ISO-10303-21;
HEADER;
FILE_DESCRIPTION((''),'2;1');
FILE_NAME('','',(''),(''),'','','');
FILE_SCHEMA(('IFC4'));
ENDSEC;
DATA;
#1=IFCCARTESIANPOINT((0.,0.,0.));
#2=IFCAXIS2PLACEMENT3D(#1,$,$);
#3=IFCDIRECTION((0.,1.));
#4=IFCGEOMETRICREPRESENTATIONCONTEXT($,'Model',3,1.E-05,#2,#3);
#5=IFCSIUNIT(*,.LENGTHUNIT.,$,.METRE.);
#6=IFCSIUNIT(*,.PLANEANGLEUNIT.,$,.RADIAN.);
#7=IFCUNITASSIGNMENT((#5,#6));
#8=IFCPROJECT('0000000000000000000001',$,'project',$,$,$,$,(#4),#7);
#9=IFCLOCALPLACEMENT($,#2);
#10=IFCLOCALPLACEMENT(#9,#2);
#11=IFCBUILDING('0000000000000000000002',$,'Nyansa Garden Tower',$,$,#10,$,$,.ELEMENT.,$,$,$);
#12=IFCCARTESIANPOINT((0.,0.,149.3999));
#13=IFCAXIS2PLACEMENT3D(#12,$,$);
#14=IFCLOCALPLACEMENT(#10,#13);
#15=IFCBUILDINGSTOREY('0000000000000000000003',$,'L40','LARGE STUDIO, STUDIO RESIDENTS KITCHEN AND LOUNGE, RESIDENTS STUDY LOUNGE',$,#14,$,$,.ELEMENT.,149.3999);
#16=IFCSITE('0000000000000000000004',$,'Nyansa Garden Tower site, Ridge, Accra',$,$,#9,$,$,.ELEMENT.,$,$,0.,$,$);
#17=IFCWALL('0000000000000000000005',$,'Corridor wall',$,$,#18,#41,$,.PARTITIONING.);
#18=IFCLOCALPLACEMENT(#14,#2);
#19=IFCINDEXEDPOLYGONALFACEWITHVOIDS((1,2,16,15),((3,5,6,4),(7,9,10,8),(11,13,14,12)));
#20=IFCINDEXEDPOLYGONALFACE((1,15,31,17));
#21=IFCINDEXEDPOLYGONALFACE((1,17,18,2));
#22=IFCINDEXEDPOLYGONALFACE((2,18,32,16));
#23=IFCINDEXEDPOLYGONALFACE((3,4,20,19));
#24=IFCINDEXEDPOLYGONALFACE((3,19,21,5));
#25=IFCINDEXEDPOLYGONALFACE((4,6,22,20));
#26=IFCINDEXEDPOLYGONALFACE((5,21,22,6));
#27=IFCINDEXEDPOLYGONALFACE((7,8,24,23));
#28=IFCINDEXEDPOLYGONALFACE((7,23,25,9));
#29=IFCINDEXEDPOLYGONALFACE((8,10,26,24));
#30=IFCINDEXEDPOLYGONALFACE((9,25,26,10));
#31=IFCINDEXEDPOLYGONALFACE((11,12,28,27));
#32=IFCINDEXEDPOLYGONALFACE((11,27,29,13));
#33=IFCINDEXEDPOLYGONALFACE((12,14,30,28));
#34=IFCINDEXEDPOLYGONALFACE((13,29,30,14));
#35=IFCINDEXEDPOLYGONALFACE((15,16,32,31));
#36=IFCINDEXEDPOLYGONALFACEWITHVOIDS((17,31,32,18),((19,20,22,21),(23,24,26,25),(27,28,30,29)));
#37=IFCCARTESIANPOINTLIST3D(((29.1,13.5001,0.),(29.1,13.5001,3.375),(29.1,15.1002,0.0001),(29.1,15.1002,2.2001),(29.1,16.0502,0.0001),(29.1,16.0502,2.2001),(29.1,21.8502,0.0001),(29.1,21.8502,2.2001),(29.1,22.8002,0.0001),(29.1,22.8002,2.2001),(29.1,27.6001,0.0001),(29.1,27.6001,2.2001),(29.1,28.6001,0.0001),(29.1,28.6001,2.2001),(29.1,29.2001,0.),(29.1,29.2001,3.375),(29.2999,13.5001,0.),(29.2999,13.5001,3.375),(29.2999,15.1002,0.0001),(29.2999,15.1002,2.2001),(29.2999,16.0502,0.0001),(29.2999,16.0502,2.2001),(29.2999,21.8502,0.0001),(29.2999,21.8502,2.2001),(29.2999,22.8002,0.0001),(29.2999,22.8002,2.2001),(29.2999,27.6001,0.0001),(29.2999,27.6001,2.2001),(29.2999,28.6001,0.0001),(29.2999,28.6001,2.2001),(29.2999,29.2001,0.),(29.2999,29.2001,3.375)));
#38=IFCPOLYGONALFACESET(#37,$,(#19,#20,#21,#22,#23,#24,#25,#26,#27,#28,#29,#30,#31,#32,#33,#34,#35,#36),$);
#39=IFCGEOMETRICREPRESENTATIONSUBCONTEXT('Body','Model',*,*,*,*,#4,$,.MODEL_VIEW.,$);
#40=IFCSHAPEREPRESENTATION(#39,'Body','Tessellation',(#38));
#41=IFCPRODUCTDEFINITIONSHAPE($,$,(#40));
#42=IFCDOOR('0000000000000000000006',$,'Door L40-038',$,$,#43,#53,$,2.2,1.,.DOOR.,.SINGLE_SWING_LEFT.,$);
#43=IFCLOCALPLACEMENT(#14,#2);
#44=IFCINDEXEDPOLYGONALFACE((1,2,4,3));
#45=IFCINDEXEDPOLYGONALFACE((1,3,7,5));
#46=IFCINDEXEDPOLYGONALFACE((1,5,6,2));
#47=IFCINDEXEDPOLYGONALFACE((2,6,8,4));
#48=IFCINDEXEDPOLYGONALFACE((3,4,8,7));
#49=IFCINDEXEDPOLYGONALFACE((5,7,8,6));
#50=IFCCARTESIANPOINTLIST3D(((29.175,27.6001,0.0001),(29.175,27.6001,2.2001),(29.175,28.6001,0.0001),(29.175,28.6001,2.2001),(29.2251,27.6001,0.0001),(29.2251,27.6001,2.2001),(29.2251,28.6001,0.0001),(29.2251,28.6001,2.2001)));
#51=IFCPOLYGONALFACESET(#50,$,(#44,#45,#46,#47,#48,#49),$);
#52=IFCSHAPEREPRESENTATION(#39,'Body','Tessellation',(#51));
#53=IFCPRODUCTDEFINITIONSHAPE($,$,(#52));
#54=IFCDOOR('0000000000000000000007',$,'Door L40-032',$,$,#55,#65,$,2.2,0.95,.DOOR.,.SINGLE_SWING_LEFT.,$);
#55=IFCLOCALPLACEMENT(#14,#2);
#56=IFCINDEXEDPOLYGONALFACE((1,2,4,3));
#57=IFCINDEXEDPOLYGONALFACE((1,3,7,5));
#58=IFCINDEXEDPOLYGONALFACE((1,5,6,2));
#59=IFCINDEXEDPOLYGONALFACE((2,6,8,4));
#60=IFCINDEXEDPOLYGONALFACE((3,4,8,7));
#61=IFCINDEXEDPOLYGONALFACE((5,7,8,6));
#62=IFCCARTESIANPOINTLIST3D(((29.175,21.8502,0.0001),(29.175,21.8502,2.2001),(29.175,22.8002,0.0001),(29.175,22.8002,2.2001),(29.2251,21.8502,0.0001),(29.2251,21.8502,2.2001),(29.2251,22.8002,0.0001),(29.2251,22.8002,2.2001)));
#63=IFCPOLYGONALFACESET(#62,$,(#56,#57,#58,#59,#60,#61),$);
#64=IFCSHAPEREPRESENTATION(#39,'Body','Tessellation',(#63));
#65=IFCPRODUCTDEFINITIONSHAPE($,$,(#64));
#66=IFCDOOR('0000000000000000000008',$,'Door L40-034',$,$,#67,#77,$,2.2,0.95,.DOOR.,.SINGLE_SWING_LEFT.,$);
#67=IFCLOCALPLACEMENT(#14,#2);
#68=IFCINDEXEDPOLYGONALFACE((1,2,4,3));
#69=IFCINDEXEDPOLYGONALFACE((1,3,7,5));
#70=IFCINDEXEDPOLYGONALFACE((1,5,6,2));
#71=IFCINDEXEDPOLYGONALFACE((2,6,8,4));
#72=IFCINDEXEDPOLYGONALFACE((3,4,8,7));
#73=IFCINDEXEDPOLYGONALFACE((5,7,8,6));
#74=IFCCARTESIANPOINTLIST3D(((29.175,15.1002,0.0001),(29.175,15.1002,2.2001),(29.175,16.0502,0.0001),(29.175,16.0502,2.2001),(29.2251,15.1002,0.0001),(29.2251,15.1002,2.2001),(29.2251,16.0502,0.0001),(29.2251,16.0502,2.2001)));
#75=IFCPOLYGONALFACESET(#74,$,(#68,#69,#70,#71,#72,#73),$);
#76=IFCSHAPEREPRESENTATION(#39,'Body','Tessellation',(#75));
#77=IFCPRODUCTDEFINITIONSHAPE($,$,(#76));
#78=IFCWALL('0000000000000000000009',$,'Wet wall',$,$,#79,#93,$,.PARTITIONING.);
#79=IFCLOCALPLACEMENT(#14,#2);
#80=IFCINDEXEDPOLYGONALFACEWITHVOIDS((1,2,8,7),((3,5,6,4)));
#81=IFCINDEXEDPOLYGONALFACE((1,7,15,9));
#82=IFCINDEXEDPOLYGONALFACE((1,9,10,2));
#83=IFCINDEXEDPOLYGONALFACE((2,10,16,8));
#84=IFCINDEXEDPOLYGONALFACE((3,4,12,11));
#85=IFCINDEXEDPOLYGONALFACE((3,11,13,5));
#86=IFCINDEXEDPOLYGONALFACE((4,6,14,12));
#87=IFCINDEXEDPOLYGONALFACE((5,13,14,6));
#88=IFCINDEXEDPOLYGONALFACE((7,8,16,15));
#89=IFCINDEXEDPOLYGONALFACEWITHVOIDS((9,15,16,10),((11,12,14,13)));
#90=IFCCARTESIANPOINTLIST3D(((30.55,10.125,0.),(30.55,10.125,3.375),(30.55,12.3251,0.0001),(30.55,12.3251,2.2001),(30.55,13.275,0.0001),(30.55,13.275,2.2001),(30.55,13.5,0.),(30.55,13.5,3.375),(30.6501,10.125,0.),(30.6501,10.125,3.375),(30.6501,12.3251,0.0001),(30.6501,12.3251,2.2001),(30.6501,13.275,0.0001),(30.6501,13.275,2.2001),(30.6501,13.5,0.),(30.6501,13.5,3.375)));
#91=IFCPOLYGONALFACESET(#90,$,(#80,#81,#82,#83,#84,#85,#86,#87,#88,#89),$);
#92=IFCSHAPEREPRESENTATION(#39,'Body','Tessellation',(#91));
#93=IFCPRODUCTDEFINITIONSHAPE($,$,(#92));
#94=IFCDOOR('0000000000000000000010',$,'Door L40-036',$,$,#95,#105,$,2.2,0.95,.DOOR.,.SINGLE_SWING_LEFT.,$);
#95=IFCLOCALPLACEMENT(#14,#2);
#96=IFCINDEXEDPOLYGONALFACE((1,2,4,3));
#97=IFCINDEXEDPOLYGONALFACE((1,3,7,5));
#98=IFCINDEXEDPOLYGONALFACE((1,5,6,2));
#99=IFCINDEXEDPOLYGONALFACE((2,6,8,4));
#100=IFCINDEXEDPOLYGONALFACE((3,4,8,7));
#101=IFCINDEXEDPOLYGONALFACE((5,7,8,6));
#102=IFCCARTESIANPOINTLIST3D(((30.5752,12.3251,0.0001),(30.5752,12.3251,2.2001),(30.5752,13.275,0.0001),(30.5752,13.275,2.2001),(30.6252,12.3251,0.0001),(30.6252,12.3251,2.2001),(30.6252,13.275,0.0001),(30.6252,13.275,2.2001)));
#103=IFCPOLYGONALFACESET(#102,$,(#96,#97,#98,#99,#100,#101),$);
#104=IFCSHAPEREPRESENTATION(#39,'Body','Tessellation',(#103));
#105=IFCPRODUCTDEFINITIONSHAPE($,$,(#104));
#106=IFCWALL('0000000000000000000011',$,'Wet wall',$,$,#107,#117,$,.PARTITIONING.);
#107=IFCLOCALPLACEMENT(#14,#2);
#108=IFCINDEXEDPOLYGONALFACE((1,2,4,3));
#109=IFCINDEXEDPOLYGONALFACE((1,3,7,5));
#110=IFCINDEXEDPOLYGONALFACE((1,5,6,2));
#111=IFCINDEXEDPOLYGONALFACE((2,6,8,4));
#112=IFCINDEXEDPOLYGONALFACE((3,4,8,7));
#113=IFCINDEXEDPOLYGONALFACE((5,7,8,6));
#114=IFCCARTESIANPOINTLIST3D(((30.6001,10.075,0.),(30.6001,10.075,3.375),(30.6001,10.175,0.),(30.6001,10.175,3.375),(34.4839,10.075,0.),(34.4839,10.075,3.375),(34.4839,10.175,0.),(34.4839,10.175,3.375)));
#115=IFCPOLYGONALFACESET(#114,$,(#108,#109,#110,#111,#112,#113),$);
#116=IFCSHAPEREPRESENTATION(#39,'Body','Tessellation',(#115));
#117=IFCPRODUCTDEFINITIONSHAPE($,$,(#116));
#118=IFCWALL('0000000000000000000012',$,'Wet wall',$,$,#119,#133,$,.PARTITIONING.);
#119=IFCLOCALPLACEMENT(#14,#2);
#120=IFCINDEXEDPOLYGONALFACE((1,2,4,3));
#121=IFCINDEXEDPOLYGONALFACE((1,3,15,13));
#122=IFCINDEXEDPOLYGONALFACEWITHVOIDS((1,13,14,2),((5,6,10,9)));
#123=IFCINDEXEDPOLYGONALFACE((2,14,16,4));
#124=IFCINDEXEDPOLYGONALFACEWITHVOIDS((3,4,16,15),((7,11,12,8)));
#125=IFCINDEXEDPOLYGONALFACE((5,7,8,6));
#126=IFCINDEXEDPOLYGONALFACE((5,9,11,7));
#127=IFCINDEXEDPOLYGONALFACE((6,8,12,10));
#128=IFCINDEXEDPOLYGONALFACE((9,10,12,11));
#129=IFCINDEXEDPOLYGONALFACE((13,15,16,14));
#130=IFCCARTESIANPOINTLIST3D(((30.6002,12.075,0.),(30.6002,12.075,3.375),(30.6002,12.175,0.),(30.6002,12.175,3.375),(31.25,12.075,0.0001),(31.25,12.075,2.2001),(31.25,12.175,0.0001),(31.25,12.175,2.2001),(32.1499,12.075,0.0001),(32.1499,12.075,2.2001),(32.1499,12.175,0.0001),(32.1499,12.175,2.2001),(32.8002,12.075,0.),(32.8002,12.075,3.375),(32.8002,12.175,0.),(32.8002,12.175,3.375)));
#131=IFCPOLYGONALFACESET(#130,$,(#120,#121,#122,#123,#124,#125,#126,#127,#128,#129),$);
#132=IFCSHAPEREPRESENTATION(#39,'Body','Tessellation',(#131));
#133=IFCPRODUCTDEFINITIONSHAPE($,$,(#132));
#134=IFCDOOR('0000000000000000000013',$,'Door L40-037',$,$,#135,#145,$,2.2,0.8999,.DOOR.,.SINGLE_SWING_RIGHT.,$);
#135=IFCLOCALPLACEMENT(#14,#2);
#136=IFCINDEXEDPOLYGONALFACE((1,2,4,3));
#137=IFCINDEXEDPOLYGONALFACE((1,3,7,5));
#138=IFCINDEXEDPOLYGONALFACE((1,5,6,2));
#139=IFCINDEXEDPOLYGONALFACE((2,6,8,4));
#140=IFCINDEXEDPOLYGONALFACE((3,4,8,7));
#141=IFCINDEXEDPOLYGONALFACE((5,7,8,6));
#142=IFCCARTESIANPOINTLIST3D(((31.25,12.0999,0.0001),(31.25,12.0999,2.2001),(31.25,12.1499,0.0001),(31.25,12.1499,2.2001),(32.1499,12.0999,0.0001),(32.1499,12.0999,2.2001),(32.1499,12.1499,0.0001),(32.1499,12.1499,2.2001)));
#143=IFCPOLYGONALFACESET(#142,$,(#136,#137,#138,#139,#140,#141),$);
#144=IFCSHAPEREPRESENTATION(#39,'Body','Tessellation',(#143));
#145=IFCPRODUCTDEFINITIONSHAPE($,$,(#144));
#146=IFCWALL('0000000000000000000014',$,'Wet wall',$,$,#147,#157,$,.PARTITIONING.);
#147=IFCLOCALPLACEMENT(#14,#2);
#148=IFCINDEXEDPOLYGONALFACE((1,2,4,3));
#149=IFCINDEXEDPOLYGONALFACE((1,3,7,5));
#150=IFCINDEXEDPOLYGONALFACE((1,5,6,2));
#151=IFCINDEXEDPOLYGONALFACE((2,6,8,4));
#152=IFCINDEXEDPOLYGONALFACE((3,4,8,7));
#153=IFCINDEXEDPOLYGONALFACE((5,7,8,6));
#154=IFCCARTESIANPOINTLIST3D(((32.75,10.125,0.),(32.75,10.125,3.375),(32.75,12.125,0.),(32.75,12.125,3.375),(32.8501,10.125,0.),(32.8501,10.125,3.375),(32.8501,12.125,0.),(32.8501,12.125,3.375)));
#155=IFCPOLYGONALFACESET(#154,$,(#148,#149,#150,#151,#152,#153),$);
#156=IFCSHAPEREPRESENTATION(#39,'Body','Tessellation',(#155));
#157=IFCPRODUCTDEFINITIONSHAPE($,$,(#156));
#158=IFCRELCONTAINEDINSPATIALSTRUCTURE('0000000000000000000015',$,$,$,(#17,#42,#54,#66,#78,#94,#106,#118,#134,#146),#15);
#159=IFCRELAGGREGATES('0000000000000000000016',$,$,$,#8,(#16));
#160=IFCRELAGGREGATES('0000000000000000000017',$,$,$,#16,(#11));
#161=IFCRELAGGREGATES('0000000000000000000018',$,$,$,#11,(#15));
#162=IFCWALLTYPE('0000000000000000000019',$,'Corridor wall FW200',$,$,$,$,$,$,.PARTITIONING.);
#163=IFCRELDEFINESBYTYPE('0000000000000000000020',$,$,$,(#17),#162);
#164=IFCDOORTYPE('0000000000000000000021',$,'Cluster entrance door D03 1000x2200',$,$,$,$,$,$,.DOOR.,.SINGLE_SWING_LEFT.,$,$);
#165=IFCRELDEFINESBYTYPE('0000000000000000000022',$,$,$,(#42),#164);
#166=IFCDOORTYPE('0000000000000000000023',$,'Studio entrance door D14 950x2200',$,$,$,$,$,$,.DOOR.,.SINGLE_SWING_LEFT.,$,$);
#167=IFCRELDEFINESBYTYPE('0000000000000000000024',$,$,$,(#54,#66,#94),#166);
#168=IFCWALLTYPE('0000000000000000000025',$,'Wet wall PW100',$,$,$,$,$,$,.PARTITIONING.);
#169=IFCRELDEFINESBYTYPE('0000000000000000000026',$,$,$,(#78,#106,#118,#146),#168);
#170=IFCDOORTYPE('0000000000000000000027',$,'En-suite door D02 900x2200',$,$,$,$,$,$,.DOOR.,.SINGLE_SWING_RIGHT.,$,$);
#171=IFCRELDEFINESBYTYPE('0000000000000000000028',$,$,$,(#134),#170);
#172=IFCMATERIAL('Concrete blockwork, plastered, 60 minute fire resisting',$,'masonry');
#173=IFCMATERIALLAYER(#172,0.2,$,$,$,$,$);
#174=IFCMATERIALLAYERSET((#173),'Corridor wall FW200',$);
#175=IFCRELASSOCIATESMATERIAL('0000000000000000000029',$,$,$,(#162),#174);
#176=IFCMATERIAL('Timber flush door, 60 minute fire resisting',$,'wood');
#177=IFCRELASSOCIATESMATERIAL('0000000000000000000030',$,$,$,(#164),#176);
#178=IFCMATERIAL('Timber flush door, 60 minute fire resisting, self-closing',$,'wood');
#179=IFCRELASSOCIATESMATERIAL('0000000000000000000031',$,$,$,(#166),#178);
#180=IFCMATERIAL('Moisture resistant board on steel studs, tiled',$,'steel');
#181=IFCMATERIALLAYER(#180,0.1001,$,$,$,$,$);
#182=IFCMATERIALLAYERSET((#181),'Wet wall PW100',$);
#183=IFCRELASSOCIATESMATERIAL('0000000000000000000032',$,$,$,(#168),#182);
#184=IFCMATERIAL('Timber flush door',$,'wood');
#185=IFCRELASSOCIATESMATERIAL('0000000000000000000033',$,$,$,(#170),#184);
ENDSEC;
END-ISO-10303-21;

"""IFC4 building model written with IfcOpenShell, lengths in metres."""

from ifc_helpers import new_model, si_unit, direction, frame, frame_2d, origin, place, context, subcontext, project, spatial, rectangle, extrude, material, layer, layer_set, type_object, element, fill, save


model = new_model("IFC4")

# Units and contexts
model_context = context("Model", 3, precision=1e-05, world=origin(), true_north=direction((0.0, 1.0)))
body_context = subcontext(model_context, "Body", "Model", "MODEL_VIEW")
ifc_project = project(units=[si_unit("LENGTHUNIT", "METRE"), si_unit("PLANEANGLEUNIT", "RADIAN")], contexts=[model_context])

# Site, building, storey
site_placement = place(None, origin())
site = spatial("IfcSite", under=ifc_project, at=site_placement, Name="Nyansa Garden Tower site, Ridge, Accra", CompositionType="ELEMENT", RefElevation=0.0)
building_placement = place(site_placement, origin())
building = spatial("IfcBuilding", under=site, at=building_placement, Name="Nyansa Garden Tower", CompositionType="ELEMENT")
storey_placement = place(building_placement, frame((0.0, 0.0, 149.3999)))
storey = spatial("IfcBuildingStorey", under=building, at=storey_placement, Name="L40", Description="LARGE STUDIO, STUDIO RESIDENTS KITCHEN AND LOUNGE, RESIDENTS STUDY LOUNGE", CompositionType="ELEMENT", Elevation=149.3999)

# Wall, openings, doors
ifc_material_1 = material(Name="Concrete blockwork, plastered, 60 minute fire resisting", Category="masonry")
ifc_layer_1 = layer(ifc_material_1, 0.2)
ifc_layer_set_1 = layer_set([ifc_layer_1], Name="Corridor wall FW200")
wall_type_1 = type_object("IfcWallType", Name="Corridor wall FW200", PredefinedType="PARTITIONING", material=ifc_layer_set_1)
wall_1_placement = place(storey_placement, frame((29.2, 13.5, 0.0), z_axis=(0.0, 0.0, 1.0), x_axis=(0.0, 1.0, 0.0)))
wall_1 = element("IfcWall", 1, at=wall_1_placement, inside=storey, type_object=wall_type_1, Name="Corridor wall", PredefinedType="PARTITIONING", context=body_context, shape_type="SweptSolid", body=[
    extrude(rectangle(XDim=15.7, YDim=0.2, at=frame_2d((7.8501, 0.0))), origin(), (0.0, 0.0, 1.0), 3.375),
])
opening_1_placement = place(wall_1_placement, frame((8.3501, 0.0, 0.0)))
opening_1 = element("IfcOpeningElement", 2, at=opening_1_placement, cuts=wall_1, PredefinedType="OPENING", context=body_context, shape_type="SweptSolid", body=[
    extrude(rectangle(XDim=0.95, YDim=2.2, at=frame_2d((0.4751, 1.1001))), frame((0.0, 0.1099, 0.0), z_axis=(0.0, -1.0, 0.0), x_axis=(1.0, 0.0, 0.0)), (0.0, 0.0, 1.0), 0.22),
])
opening_2_placement = place(wall_1_placement, frame((1.6001, 0.0, 0.0)))
opening_2 = element("IfcOpeningElement", 3, at=opening_2_placement, cuts=wall_1, PredefinedType="OPENING", context=body_context, shape_type="SweptSolid", body=[
    extrude(rectangle(XDim=0.95, YDim=2.2, at=frame_2d((0.4751, 1.1001))), frame((0.0, 0.1099, 0.0), z_axis=(0.0, -1.0, 0.0), x_axis=(1.0, 0.0, 0.0)), (0.0, 0.0, 1.0), 0.22),
])
opening_3_placement = place(wall_1_placement, frame((14.1001, 0.0, 0.0)))
opening_3 = element("IfcOpeningElement", 4, at=opening_3_placement, cuts=wall_1, PredefinedType="OPENING", context=body_context, shape_type="SweptSolid", body=[
    extrude(rectangle(XDim=1.0, YDim=2.2, at=frame_2d((0.5, 1.1001))), frame((0.0, 0.1099, 0.0), z_axis=(0.0, -1.0, 0.0), x_axis=(1.0, 0.0, 0.0)), (0.0, 0.0, 1.0), 0.22),
])
ifc_material_2 = material(Name="Timber flush door, 60 minute fire resisting", Category="wood")
door_type_1 = type_object("IfcDoorType", Name="Cluster entrance door D03 1000x2200", OperationType="SINGLE_SWING_LEFT", PredefinedType="DOOR", material=ifc_material_2)
door_1_placement = place(opening_3_placement, origin())
door_1 = element("IfcDoor", 5, at=door_1_placement, inside=storey, type_object=door_type_1, Name="Door L40-038", OperationType="SINGLE_SWING_LEFT", OverallHeight=2.2, OverallWidth=1.0, PredefinedType="DOOR", context=body_context, shape_type="SweptSolid", body=[
    extrude(rectangle(XDim=1.0, YDim=2.2, at=frame_2d((0.5, 1.1001))), frame((0.0, 0.0249, 0.0), z_axis=(0.0, -1.0, 0.0), x_axis=(1.0, 0.0, 0.0)), (0.0, 0.0, 1.0), 0.05),
])
fill(opening_3, door_1)
ifc_material_3 = material(Name="Timber flush door, 60 minute fire resisting, self-closing", Category="wood")
door_type_2 = type_object("IfcDoorType", Name="Studio entrance door D14 950x2200", OperationType="SINGLE_SWING_LEFT", PredefinedType="DOOR", material=ifc_material_3)
door_2_placement = place(opening_1_placement, origin())
door_2 = element("IfcDoor", 6, at=door_2_placement, inside=storey, type_object=door_type_2, Name="Door L40-032", OperationType="SINGLE_SWING_LEFT", OverallHeight=2.2, OverallWidth=0.95, PredefinedType="DOOR", context=body_context, shape_type="SweptSolid", body=[
    extrude(rectangle(XDim=0.95, YDim=2.2, at=frame_2d((0.4751, 1.1001))), frame((0.0, 0.0249, 0.0), z_axis=(0.0, -1.0, 0.0), x_axis=(1.0, 0.0, 0.0)), (0.0, 0.0, 1.0), 0.05),
])
fill(opening_1, door_2)
door_3_placement = place(opening_2_placement, origin())
door_3 = element("IfcDoor", 7, at=door_3_placement, inside=storey, type_object=door_type_2, Name="Door L40-034", OperationType="SINGLE_SWING_LEFT", OverallHeight=2.2, OverallWidth=0.95, PredefinedType="DOOR", context=body_context, shape_type="SweptSolid", body=[
    extrude(rectangle(XDim=0.95, YDim=2.2, at=frame_2d((0.4751, 1.1001))), frame((0.0, 0.0249, 0.0), z_axis=(0.0, -1.0, 0.0), x_axis=(1.0, 0.0, 0.0)), (0.0, 0.0, 1.0), 0.05),
])
fill(opening_2, door_3)

# Wall, opening, door
ifc_material_4 = material(Name="Moisture resistant board on steel studs, tiled", Category="steel")
ifc_layer_2 = layer(ifc_material_4, 0.1001)
ifc_layer_set_2 = layer_set([ifc_layer_2], Name="Wet wall PW100")
wall_type_2 = type_object("IfcWallType", Name="Wet wall PW100", PredefinedType="PARTITIONING", material=ifc_layer_set_2)
wall_2_placement = place(storey_placement, frame((30.6001, 10.125, 0.0), z_axis=(0.0, 0.0, 1.0), x_axis=(0.0, 1.0, 0.0)))
wall_2 = element("IfcWall", 8, at=wall_2_placement, inside=storey, type_object=wall_type_2, Name="Wet wall", PredefinedType="PARTITIONING", context=body_context, shape_type="SweptSolid", body=[
    extrude(rectangle(XDim=3.375, YDim=0.1001, at=frame_2d((1.6875, 0.0))), origin(), (0.0, 0.0, 1.0), 3.375),
])
opening_4_placement = place(wall_2_placement, frame((2.2, 0.0, 0.0)))
opening_4 = element("IfcOpeningElement", 9, at=opening_4_placement, cuts=wall_2, PredefinedType="OPENING", context=body_context, shape_type="SweptSolid", body=[
    extrude(rectangle(XDim=0.95, YDim=2.2, at=frame_2d((0.4751, 1.1001))), frame((0.0, 0.0601, 0.0), z_axis=(0.0, -1.0, 0.0), x_axis=(1.0, 0.0, 0.0)), (0.0, 0.0, 1.0), 0.1201),
])
door_4_placement = place(opening_4_placement, origin())
door_4 = element("IfcDoor", 10, at=door_4_placement, inside=storey, type_object=door_type_2, Name="Door L40-036", OperationType="SINGLE_SWING_LEFT", OverallHeight=2.2, OverallWidth=0.95, PredefinedType="DOOR", context=body_context, shape_type="SweptSolid", body=[
    extrude(rectangle(XDim=0.95, YDim=2.2, at=frame_2d((0.4751, 1.1001))), frame((0.0, 0.0249, 0.0), z_axis=(0.0, -1.0, 0.0), x_axis=(1.0, 0.0, 0.0)), (0.0, 0.0, 1.0), 0.05),
])
fill(opening_4, door_4)

# Wall
wall_3_placement = place(storey_placement, frame((30.6001, 10.125, 0.0), z_axis=(0.0, 0.0, 1.0), x_axis=(1.0, 0.0, 0.0)))
element("IfcWall", 11, at=wall_3_placement, inside=storey, type_object=wall_type_2, Name="Wet wall", PredefinedType="PARTITIONING", context=body_context, shape_type="SweptSolid", body=[
    extrude(rectangle(XDim=3.8838, YDim=0.1001, at=frame_2d((1.9419, 0.0))), origin(), (0.0, 0.0, 1.0), 3.375),
])

# Wall, opening, door
wall_4_placement = place(storey_placement, frame((30.6001, 12.125, 0.0), z_axis=(0.0, 0.0, 1.0), x_axis=(1.0, 0.0, 0.0)))
wall_4 = element("IfcWall", 12, at=wall_4_placement, inside=storey, type_object=wall_type_2, Name="Wet wall", PredefinedType="PARTITIONING", context=body_context, shape_type="SweptSolid", body=[
    extrude(rectangle(XDim=2.2, YDim=0.1001, at=frame_2d((1.1001, 0.0))), origin(), (0.0, 0.0, 1.0), 3.375),
])
opening_5_placement = place(wall_4_placement, frame((0.6499, 0.0, 0.0)))
opening_5 = element("IfcOpeningElement", 13, at=opening_5_placement, cuts=wall_4, PredefinedType="OPENING", context=body_context, shape_type="SweptSolid", body=[
    extrude(rectangle(XDim=0.8999, YDim=2.2, at=frame_2d((0.45, 1.1001))), frame((0.0, 0.0601, 0.0), z_axis=(0.0, -1.0, 0.0), x_axis=(1.0, 0.0, 0.0)), (0.0, 0.0, 1.0), 0.1201),
])
ifc_material_5 = material(Name="Timber flush door", Category="wood")
door_type_3 = type_object("IfcDoorType", Name="En-suite door D02 900x2200", OperationType="SINGLE_SWING_RIGHT", PredefinedType="DOOR", material=ifc_material_5)
door_5_placement = place(opening_5_placement, origin())
door_5 = element("IfcDoor", 14, at=door_5_placement, inside=storey, type_object=door_type_3, Name="Door L40-037", OperationType="SINGLE_SWING_RIGHT", OverallHeight=2.2, OverallWidth=0.8999, PredefinedType="DOOR", context=body_context, shape_type="SweptSolid", body=[
    extrude(rectangle(XDim=0.8999, YDim=2.2, at=frame_2d((0.45, 1.1001))), frame((0.0, 0.0249, 0.0), z_axis=(0.0, -1.0, 0.0), x_axis=(1.0, 0.0, 0.0)), (0.0, 0.0, 1.0), 0.05),
])
fill(opening_5, door_5)

# Wall
wall_5_placement = place(storey_placement, frame((32.8, 10.125, 0.0), z_axis=(0.0, 0.0, 1.0), x_axis=(0.0, 1.0, 0.0)))
element("IfcWall", 15, at=wall_5_placement, inside=storey, type_object=wall_type_2, Name="Wet wall", PredefinedType="PARTITIONING", context=body_context, shape_type="SweptSolid", body=[
    extrude(rectangle(XDim=2.0, YDim=0.1001, at=frame_2d((1.0, 0.0))), origin(), (0.0, 0.0, 1.0), 3.375),
])

save(model, "model.ifc")
